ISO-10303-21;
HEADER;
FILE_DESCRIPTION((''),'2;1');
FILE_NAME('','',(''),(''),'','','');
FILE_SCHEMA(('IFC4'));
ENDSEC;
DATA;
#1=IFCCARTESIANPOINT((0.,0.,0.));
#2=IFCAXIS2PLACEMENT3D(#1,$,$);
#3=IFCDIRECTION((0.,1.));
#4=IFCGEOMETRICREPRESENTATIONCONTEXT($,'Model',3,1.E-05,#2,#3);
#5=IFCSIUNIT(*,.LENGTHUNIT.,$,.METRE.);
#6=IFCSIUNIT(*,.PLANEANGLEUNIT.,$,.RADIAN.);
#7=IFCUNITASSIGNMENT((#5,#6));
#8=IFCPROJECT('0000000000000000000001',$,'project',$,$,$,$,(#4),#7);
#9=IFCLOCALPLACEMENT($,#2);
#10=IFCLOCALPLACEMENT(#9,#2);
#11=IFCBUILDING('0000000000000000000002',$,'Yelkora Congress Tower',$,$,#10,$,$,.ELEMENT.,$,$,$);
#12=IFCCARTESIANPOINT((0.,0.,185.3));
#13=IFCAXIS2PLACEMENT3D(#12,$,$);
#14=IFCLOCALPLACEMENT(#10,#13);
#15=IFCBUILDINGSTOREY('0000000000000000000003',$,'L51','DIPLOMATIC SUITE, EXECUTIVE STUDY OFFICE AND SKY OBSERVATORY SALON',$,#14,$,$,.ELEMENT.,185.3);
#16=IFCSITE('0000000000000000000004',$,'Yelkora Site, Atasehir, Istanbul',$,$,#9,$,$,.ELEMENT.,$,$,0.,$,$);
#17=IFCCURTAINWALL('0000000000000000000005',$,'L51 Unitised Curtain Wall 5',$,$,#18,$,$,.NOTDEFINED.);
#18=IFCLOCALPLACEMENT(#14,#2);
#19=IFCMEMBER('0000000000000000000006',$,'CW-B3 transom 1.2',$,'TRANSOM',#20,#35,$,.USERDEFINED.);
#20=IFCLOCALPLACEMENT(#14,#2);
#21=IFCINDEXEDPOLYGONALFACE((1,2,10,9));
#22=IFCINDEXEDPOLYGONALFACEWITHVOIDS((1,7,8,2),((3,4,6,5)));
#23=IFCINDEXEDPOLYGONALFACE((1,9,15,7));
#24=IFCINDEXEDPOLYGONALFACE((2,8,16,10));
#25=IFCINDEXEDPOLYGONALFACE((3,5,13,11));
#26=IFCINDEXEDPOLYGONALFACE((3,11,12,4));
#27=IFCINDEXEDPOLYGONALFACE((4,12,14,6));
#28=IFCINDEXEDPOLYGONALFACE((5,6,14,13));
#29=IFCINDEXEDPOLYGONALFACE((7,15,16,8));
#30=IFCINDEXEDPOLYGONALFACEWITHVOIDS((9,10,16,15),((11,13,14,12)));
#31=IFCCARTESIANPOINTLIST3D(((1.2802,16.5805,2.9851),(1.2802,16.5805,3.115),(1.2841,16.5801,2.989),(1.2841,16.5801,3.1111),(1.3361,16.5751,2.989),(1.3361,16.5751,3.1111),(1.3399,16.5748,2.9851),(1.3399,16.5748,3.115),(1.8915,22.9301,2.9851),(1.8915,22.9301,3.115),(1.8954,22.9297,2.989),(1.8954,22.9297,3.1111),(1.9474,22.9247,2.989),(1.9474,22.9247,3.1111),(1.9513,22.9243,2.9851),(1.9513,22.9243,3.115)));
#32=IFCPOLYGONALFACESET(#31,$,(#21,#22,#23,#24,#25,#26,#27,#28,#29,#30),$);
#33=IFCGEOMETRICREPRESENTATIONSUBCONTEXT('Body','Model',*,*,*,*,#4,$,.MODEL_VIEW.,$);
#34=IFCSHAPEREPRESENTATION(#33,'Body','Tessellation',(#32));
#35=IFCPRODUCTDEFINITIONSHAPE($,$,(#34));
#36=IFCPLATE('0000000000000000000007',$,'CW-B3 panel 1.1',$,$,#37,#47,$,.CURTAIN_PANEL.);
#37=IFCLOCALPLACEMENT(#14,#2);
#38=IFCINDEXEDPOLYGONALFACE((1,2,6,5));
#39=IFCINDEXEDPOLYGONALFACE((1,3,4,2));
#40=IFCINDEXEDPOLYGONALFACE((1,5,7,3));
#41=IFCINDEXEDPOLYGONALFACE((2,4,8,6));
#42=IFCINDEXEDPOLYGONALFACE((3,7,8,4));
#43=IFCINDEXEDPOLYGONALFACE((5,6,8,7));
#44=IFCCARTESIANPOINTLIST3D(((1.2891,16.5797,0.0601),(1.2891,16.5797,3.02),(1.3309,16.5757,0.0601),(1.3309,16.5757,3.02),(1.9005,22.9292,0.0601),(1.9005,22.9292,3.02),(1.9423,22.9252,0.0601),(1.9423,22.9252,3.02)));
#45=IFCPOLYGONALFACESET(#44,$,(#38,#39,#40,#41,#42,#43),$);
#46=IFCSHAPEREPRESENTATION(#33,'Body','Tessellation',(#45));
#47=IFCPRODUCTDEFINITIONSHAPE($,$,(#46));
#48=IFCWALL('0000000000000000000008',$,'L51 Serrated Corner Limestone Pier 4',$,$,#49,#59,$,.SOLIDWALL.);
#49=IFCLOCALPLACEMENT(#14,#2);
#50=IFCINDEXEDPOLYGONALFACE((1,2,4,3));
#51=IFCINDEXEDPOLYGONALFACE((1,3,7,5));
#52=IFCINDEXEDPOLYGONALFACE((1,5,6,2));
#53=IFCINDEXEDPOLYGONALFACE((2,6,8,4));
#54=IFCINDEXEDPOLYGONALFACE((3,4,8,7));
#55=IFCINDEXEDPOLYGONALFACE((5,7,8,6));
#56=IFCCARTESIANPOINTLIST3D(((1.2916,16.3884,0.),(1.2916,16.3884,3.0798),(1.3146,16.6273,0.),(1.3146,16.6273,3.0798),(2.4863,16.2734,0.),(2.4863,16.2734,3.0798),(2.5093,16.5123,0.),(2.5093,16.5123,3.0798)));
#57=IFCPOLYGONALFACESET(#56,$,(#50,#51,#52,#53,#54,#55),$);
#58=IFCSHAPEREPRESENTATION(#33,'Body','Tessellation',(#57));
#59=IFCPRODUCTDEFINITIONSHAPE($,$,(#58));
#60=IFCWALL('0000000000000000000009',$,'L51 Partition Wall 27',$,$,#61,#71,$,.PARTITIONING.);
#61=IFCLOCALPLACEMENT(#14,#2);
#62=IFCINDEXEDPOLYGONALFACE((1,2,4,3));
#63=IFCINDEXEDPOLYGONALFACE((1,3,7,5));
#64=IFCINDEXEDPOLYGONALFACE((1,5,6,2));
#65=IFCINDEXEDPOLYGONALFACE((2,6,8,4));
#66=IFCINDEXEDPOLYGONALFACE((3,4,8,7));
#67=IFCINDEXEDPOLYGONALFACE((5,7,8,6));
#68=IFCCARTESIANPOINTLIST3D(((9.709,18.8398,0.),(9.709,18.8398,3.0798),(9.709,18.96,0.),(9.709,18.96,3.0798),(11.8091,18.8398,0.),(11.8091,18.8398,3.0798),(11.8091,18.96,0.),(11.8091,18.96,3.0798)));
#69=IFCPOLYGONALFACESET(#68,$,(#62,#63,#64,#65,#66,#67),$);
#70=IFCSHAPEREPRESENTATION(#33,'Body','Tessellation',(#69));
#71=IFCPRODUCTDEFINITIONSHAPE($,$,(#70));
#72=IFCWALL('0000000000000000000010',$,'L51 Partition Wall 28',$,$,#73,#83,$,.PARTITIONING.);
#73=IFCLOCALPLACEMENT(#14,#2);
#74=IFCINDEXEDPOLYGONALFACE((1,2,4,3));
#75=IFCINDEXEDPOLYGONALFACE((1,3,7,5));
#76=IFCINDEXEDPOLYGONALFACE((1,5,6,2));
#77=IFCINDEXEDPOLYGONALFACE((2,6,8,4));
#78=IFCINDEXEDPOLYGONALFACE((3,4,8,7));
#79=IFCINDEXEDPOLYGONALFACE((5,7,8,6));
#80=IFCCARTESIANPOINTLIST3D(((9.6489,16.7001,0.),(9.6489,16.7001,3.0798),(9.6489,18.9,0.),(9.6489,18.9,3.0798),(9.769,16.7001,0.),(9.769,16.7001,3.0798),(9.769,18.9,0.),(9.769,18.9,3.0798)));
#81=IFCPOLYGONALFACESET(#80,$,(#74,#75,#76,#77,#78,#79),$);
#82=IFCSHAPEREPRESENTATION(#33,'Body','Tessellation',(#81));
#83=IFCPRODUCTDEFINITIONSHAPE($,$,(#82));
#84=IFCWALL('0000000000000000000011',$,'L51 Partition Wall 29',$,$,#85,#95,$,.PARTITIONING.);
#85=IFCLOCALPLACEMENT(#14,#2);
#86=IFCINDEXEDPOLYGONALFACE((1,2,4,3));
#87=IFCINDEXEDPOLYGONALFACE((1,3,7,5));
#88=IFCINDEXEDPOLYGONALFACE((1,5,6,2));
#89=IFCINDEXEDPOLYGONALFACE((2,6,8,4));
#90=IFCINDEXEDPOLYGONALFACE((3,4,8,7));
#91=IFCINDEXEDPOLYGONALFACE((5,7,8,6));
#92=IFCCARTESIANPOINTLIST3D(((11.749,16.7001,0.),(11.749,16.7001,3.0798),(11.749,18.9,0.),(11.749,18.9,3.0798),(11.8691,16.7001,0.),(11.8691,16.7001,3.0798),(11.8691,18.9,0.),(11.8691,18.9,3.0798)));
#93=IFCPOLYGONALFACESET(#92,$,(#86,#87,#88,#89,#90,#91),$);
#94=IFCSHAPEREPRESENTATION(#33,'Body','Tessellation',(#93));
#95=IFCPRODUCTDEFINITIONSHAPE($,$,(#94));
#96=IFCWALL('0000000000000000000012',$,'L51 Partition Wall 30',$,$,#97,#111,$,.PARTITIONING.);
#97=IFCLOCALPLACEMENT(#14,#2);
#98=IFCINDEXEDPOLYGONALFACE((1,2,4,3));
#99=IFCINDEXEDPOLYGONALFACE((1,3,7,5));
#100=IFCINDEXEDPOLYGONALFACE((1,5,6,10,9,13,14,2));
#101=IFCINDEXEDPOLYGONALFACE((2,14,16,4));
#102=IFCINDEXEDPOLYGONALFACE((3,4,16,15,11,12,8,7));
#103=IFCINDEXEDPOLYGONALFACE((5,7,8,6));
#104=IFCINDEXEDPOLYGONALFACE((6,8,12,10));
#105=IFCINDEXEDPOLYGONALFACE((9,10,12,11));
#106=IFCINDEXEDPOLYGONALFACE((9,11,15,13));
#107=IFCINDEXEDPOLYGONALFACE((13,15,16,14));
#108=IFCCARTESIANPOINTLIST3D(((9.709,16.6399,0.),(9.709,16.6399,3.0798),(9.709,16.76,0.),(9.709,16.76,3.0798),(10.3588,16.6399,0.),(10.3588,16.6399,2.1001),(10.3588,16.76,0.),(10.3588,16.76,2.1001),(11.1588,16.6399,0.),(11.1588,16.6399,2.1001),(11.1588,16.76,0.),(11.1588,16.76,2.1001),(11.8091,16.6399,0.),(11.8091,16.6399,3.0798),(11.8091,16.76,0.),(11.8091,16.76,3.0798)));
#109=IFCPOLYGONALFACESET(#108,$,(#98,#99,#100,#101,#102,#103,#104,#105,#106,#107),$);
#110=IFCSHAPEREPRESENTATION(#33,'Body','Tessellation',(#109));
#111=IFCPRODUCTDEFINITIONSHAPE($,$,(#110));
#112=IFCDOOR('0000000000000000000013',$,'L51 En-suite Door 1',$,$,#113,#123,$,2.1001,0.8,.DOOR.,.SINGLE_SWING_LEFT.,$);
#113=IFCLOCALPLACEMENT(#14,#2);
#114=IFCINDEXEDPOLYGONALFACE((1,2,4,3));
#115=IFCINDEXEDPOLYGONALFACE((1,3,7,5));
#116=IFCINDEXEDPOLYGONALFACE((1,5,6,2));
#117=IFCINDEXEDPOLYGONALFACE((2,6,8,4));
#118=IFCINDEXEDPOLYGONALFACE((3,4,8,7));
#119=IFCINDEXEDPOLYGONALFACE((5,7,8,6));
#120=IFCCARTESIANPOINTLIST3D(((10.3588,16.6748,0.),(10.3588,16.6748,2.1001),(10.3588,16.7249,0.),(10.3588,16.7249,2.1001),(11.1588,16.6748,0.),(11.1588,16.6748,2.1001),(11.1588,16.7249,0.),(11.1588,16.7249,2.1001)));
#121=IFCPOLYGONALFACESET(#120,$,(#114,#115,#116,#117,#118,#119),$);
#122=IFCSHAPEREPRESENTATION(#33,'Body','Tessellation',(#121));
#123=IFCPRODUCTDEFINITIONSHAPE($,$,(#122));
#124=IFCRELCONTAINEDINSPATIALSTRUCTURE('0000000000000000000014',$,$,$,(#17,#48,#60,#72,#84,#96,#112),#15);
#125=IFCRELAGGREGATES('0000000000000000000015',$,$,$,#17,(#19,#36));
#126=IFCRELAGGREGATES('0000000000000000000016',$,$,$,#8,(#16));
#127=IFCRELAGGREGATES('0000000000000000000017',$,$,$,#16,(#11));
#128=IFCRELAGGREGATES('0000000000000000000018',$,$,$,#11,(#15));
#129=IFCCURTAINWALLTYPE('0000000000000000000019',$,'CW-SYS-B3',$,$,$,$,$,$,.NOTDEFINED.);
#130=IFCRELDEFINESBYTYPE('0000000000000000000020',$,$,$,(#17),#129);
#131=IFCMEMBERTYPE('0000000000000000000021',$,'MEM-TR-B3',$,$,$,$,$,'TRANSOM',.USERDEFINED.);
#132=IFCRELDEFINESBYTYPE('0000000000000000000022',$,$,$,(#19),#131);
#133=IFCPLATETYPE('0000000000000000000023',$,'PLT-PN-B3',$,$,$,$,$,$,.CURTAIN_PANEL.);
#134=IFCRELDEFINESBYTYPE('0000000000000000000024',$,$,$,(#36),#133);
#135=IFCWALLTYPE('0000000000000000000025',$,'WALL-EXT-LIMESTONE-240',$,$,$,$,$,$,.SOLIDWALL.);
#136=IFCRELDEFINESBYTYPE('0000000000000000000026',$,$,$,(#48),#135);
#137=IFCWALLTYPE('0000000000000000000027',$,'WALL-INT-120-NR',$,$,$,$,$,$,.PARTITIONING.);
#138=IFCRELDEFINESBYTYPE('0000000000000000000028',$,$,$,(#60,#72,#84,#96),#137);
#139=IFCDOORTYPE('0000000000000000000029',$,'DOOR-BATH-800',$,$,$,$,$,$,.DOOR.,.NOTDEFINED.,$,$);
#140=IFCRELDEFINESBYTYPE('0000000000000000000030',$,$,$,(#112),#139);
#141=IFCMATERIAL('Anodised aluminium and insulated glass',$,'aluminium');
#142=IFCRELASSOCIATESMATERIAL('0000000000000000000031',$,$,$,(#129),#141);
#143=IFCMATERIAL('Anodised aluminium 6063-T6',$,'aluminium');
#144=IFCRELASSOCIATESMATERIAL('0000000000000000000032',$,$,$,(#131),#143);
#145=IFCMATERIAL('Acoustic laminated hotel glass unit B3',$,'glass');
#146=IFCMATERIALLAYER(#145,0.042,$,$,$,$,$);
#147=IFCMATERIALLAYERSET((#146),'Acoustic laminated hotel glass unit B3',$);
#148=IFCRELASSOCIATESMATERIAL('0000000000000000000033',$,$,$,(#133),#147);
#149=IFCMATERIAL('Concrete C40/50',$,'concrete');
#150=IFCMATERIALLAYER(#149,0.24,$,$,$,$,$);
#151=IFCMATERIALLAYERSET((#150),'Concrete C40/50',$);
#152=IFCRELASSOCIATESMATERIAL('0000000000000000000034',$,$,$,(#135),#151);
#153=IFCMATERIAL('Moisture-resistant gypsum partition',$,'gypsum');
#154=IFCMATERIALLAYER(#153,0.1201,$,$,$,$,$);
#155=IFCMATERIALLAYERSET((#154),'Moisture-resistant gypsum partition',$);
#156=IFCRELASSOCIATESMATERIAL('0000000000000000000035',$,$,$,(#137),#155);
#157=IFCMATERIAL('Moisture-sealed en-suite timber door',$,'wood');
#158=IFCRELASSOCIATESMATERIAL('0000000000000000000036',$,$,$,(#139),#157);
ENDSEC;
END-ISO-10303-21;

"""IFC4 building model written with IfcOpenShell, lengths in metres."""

from ifc_helpers import new_model, si_unit, direction, frame, frame_2d, origin, origin_2d, place, context, subcontext, project, spatial, rectangle, hollow_rectangle, extrude, material, layer, layer_set, material_profile, profile_set, type_object, element, fill, aggregate, save


model = new_model("IFC4")

# Units and contexts
model_context = context("Model", 3, precision=1e-05, world=origin(), true_north=direction((0.0, 1.0)))
body_context = subcontext(model_context, "Body", "Model", "MODEL_VIEW")
ifc_project = project(units=[si_unit("LENGTHUNIT", "METRE"), si_unit("PLANEANGLEUNIT", "RADIAN")], contexts=[model_context])

# Site, building, storey
site_placement = place(None, origin())
site = spatial("IfcSite", under=ifc_project, at=site_placement, Name="Yelkora Site, Atasehir, Istanbul", CompositionType="ELEMENT", RefElevation=0.0)
building_placement = place(site_placement, origin())
building = spatial("IfcBuilding", under=site, at=building_placement, Name="Yelkora Congress Tower", CompositionType="ELEMENT")
storey_placement = place(building_placement, frame((0.0, 0.0, 185.3)))
storey = spatial("IfcBuildingStorey", under=building, at=storey_placement, Name="L51", Description="DIPLOMATIC SUITE, EXECUTIVE STUDY OFFICE AND SKY OBSERVATORY SALON", CompositionType="ELEMENT", Elevation=185.3)

# Curtain wall, member, plate
ifc_material_1 = material(Name="Anodised aluminium and insulated glass", Category="aluminium")
curtain_wall_type = type_object("IfcCurtainWallType", Name="CW-SYS-B3", PredefinedType="NOTDEFINED", material=ifc_material_1)
curtain_wall_placement = place(storey_placement, origin())
curtain_wall = element("IfcCurtainWall", 1, at=curtain_wall_placement, inside=storey, type_object=curtain_wall_type, Name="L51 Unitised Curtain Wall 5", PredefinedType="NOTDEFINED")
ifc_material_2 = material(Name="Anodised aluminium 6063-T6", Category="aluminium")
ifc_material_profile_1 = material_profile(ifc_material_2, hollow_rectangle(XDim=0.0601, YDim=0.1299, WallThickness=0.0039, at=origin_2d()), Name="ALU 60x130x4")
ifc_profile_set_1 = profile_set([ifc_material_profile_1], Name="Anodised aluminium 6063-T6")
member_type_1 = type_object("IfcMemberType", Name="MEM-TR-B3", ElementType="TRANSOM", PredefinedType="USERDEFINED", material=ifc_profile_set_1)
member_1_placement = place(storey_placement, frame((1.3101, 16.5776, 3.05), z_axis=(0.095835, 0.995397, 0.0), x_axis=(-0.995397, 0.095835, 0.0)))
member_1 = element("IfcMember", 2, at=member_1_placement, type_object=member_type_1, Name="CW-B3 transom 1.2", ObjectType="TRANSOM", PredefinedType="USERDEFINED", context=body_context, shape_type="SweptSolid", body=[
    extrude(hollow_rectangle(XDim=0.0601, YDim=0.1299, WallThickness=0.0039, at=origin_2d()), origin(), (0.0, 0.0, 1.0), 6.3789),
])
ifc_material_3 = material(Name="Acoustic laminated hotel glass unit B3", Category="glass")
ifc_layer_1 = layer(ifc_material_3, 0.042)
ifc_layer_set_1 = layer_set([ifc_layer_1], Name="Acoustic laminated hotel glass unit B3")
plate_type = type_object("IfcPlateType", Name="PLT-PN-B3", PredefinedType="CURTAIN_PANEL", material=ifc_layer_set_1)
plate_placement = place(storey_placement, frame((1.6157, 19.7524, 0.0601), z_axis=(0.0, 0.0, 1.0), x_axis=(0.095845, 0.995396, 0.0)))
plate = element("IfcPlate", 3, at=plate_placement, type_object=plate_type, Name="CW-B3 panel 1.1", PredefinedType="CURTAIN_PANEL", context=body_context, shape_type="SweptSolid", body=[
    extrude(rectangle(XDim=6.3789, YDim=0.042, at=origin_2d()), origin(), (0.0, 0.0, 1.0), 2.96),
])
aggregate(curtain_wall, [member_1, plate])

# Walls
ifc_material_4 = material(Name="Concrete C40/50", Category="concrete")
ifc_layer_2 = layer(ifc_material_4, 0.24)
ifc_layer_set_2 = layer_set([ifc_layer_2], Name="Concrete C40/50")
wall_type_1 = type_object("IfcWallType", Name="WALL-EXT-LIMESTONE-240", PredefinedType="SOLIDWALL", material=ifc_layer_set_2)
wall_1_placement = place(storey_placement, frame((2.4978, 16.3928, 0.0), z_axis=(0.0, 0.0, 1.0), x_axis=(-0.995399, 0.095817, 0.0)))
element("IfcWall", 4, at=wall_1_placement, inside=storey, type_object=wall_type_1, Name="L51 Serrated Corner Limestone Pier 4", PredefinedType="SOLIDWALL", context=body_context, shape_type="SweptSolid", body=[
    extrude(rectangle(XDim=1.2002, YDim=0.24, at=frame_2d((0.6001, 0.0))), origin(), (0.0, 0.0, 1.0), 3.0798),
])
ifc_material_5 = material(Name="Moisture-resistant gypsum partition", Category="gypsum")
ifc_layer_3 = layer(ifc_material_5, 0.1201)
ifc_layer_set_3 = layer_set([ifc_layer_3], Name="Moisture-resistant gypsum partition")
wall_type_2 = type_object("IfcWallType", Name="WALL-INT-120-NR", PredefinedType="PARTITIONING", material=ifc_layer_set_3)
wall_2_placement = place(storey_placement, frame((9.709, 18.8999, 0.0), z_axis=(0.0, 0.0, 1.0), x_axis=(1.0, 0.0, 0.0)))
element("IfcWall", 5, at=wall_2_placement, inside=storey, type_object=wall_type_2, Name="L51 Partition Wall 27", PredefinedType="PARTITIONING", context=body_context, shape_type="SweptSolid", body=[
    extrude(rectangle(XDim=2.1001, YDim=0.1201, at=frame_2d((1.05, 0.0))), origin(), (0.0, 0.0, 1.0), 3.0798),
])
for number, where, z_axis, x_axis, name in (
    (6, (9.709, 16.7, 0.0), (0.0, 0.0, 1.0), (0.0, 1.0, 0.0), "L51 Partition Wall 28"),
    (7, (11.8091, 16.7, 0.0), (0.0, 0.0, 1.0), (0.0, 1.0, 0.0), "L51 Partition Wall 29"),
):
    element("IfcWall", number, at=place(storey_placement, frame(where, z_axis=z_axis, x_axis=x_axis)), inside=storey, type_object=wall_type_2, Name=name, PredefinedType="PARTITIONING", context=body_context, shape_type="SweptSolid", body=[
        extrude(rectangle(XDim=2.2, YDim=0.1201, at=frame_2d((1.1001, 0.0))), origin(), (0.0, 0.0, 1.0), 3.0798),
    ])

# Wall, opening, door
wall_3_placement = place(storey_placement, frame((9.709, 16.7, 0.0), z_axis=(0.0, 0.0, 1.0), x_axis=(1.0, 0.0, 0.0)))
wall_3 = element("IfcWall", 8, at=wall_3_placement, inside=storey, type_object=wall_type_2, Name="L51 Partition Wall 30", PredefinedType="PARTITIONING", context=body_context, shape_type="SweptSolid", body=[
    extrude(rectangle(XDim=2.1001, YDim=0.1201, at=frame_2d((1.05, 0.0))), origin(), (0.0, 0.0, 1.0), 3.0798),
])
opening_placement = place(wall_3_placement, frame((0.6499, 0.0, 0.0)))
opening = element("IfcOpeningElement", 9, at=opening_placement, cuts=wall_3, PredefinedType="OPENING", context=body_context, shape_type="SweptSolid", body=[
    extrude(rectangle(XDim=0.8, YDim=2.1001, at=frame_2d((0.3999, 1.05))), frame((0.0, 0.0701, 0.0), z_axis=(0.0, -1.0, 0.0), x_axis=(1.0, 0.0, 0.0)), (0.0, 0.0, 1.0), 0.1401),
])
ifc_material_6 = material(Name="Moisture-sealed en-suite timber door", Category="wood")
door_type = type_object("IfcDoorType", Name="DOOR-BATH-800", OperationType="NOTDEFINED", PredefinedType="DOOR", material=ifc_material_6)
door_placement = place(opening_placement, origin())
door = element("IfcDoor", 10, at=door_placement, inside=storey, type_object=door_type, Name="L51 En-suite Door 1", OperationType="SINGLE_SWING_LEFT", OverallHeight=2.1001, OverallWidth=0.8, PredefinedType="DOOR", context=body_context, shape_type="SweptSolid", body=[
    extrude(rectangle(XDim=0.8, YDim=2.1001, at=frame_2d((0.3999, 1.05))), frame((0.0, 0.0249, 0.0), z_axis=(0.0, -1.0, 0.0), x_axis=(1.0, 0.0, 0.0)), (0.0, 0.0, 1.0), 0.05),
])
fill(opening, door)

save(model, "model.ifc")
